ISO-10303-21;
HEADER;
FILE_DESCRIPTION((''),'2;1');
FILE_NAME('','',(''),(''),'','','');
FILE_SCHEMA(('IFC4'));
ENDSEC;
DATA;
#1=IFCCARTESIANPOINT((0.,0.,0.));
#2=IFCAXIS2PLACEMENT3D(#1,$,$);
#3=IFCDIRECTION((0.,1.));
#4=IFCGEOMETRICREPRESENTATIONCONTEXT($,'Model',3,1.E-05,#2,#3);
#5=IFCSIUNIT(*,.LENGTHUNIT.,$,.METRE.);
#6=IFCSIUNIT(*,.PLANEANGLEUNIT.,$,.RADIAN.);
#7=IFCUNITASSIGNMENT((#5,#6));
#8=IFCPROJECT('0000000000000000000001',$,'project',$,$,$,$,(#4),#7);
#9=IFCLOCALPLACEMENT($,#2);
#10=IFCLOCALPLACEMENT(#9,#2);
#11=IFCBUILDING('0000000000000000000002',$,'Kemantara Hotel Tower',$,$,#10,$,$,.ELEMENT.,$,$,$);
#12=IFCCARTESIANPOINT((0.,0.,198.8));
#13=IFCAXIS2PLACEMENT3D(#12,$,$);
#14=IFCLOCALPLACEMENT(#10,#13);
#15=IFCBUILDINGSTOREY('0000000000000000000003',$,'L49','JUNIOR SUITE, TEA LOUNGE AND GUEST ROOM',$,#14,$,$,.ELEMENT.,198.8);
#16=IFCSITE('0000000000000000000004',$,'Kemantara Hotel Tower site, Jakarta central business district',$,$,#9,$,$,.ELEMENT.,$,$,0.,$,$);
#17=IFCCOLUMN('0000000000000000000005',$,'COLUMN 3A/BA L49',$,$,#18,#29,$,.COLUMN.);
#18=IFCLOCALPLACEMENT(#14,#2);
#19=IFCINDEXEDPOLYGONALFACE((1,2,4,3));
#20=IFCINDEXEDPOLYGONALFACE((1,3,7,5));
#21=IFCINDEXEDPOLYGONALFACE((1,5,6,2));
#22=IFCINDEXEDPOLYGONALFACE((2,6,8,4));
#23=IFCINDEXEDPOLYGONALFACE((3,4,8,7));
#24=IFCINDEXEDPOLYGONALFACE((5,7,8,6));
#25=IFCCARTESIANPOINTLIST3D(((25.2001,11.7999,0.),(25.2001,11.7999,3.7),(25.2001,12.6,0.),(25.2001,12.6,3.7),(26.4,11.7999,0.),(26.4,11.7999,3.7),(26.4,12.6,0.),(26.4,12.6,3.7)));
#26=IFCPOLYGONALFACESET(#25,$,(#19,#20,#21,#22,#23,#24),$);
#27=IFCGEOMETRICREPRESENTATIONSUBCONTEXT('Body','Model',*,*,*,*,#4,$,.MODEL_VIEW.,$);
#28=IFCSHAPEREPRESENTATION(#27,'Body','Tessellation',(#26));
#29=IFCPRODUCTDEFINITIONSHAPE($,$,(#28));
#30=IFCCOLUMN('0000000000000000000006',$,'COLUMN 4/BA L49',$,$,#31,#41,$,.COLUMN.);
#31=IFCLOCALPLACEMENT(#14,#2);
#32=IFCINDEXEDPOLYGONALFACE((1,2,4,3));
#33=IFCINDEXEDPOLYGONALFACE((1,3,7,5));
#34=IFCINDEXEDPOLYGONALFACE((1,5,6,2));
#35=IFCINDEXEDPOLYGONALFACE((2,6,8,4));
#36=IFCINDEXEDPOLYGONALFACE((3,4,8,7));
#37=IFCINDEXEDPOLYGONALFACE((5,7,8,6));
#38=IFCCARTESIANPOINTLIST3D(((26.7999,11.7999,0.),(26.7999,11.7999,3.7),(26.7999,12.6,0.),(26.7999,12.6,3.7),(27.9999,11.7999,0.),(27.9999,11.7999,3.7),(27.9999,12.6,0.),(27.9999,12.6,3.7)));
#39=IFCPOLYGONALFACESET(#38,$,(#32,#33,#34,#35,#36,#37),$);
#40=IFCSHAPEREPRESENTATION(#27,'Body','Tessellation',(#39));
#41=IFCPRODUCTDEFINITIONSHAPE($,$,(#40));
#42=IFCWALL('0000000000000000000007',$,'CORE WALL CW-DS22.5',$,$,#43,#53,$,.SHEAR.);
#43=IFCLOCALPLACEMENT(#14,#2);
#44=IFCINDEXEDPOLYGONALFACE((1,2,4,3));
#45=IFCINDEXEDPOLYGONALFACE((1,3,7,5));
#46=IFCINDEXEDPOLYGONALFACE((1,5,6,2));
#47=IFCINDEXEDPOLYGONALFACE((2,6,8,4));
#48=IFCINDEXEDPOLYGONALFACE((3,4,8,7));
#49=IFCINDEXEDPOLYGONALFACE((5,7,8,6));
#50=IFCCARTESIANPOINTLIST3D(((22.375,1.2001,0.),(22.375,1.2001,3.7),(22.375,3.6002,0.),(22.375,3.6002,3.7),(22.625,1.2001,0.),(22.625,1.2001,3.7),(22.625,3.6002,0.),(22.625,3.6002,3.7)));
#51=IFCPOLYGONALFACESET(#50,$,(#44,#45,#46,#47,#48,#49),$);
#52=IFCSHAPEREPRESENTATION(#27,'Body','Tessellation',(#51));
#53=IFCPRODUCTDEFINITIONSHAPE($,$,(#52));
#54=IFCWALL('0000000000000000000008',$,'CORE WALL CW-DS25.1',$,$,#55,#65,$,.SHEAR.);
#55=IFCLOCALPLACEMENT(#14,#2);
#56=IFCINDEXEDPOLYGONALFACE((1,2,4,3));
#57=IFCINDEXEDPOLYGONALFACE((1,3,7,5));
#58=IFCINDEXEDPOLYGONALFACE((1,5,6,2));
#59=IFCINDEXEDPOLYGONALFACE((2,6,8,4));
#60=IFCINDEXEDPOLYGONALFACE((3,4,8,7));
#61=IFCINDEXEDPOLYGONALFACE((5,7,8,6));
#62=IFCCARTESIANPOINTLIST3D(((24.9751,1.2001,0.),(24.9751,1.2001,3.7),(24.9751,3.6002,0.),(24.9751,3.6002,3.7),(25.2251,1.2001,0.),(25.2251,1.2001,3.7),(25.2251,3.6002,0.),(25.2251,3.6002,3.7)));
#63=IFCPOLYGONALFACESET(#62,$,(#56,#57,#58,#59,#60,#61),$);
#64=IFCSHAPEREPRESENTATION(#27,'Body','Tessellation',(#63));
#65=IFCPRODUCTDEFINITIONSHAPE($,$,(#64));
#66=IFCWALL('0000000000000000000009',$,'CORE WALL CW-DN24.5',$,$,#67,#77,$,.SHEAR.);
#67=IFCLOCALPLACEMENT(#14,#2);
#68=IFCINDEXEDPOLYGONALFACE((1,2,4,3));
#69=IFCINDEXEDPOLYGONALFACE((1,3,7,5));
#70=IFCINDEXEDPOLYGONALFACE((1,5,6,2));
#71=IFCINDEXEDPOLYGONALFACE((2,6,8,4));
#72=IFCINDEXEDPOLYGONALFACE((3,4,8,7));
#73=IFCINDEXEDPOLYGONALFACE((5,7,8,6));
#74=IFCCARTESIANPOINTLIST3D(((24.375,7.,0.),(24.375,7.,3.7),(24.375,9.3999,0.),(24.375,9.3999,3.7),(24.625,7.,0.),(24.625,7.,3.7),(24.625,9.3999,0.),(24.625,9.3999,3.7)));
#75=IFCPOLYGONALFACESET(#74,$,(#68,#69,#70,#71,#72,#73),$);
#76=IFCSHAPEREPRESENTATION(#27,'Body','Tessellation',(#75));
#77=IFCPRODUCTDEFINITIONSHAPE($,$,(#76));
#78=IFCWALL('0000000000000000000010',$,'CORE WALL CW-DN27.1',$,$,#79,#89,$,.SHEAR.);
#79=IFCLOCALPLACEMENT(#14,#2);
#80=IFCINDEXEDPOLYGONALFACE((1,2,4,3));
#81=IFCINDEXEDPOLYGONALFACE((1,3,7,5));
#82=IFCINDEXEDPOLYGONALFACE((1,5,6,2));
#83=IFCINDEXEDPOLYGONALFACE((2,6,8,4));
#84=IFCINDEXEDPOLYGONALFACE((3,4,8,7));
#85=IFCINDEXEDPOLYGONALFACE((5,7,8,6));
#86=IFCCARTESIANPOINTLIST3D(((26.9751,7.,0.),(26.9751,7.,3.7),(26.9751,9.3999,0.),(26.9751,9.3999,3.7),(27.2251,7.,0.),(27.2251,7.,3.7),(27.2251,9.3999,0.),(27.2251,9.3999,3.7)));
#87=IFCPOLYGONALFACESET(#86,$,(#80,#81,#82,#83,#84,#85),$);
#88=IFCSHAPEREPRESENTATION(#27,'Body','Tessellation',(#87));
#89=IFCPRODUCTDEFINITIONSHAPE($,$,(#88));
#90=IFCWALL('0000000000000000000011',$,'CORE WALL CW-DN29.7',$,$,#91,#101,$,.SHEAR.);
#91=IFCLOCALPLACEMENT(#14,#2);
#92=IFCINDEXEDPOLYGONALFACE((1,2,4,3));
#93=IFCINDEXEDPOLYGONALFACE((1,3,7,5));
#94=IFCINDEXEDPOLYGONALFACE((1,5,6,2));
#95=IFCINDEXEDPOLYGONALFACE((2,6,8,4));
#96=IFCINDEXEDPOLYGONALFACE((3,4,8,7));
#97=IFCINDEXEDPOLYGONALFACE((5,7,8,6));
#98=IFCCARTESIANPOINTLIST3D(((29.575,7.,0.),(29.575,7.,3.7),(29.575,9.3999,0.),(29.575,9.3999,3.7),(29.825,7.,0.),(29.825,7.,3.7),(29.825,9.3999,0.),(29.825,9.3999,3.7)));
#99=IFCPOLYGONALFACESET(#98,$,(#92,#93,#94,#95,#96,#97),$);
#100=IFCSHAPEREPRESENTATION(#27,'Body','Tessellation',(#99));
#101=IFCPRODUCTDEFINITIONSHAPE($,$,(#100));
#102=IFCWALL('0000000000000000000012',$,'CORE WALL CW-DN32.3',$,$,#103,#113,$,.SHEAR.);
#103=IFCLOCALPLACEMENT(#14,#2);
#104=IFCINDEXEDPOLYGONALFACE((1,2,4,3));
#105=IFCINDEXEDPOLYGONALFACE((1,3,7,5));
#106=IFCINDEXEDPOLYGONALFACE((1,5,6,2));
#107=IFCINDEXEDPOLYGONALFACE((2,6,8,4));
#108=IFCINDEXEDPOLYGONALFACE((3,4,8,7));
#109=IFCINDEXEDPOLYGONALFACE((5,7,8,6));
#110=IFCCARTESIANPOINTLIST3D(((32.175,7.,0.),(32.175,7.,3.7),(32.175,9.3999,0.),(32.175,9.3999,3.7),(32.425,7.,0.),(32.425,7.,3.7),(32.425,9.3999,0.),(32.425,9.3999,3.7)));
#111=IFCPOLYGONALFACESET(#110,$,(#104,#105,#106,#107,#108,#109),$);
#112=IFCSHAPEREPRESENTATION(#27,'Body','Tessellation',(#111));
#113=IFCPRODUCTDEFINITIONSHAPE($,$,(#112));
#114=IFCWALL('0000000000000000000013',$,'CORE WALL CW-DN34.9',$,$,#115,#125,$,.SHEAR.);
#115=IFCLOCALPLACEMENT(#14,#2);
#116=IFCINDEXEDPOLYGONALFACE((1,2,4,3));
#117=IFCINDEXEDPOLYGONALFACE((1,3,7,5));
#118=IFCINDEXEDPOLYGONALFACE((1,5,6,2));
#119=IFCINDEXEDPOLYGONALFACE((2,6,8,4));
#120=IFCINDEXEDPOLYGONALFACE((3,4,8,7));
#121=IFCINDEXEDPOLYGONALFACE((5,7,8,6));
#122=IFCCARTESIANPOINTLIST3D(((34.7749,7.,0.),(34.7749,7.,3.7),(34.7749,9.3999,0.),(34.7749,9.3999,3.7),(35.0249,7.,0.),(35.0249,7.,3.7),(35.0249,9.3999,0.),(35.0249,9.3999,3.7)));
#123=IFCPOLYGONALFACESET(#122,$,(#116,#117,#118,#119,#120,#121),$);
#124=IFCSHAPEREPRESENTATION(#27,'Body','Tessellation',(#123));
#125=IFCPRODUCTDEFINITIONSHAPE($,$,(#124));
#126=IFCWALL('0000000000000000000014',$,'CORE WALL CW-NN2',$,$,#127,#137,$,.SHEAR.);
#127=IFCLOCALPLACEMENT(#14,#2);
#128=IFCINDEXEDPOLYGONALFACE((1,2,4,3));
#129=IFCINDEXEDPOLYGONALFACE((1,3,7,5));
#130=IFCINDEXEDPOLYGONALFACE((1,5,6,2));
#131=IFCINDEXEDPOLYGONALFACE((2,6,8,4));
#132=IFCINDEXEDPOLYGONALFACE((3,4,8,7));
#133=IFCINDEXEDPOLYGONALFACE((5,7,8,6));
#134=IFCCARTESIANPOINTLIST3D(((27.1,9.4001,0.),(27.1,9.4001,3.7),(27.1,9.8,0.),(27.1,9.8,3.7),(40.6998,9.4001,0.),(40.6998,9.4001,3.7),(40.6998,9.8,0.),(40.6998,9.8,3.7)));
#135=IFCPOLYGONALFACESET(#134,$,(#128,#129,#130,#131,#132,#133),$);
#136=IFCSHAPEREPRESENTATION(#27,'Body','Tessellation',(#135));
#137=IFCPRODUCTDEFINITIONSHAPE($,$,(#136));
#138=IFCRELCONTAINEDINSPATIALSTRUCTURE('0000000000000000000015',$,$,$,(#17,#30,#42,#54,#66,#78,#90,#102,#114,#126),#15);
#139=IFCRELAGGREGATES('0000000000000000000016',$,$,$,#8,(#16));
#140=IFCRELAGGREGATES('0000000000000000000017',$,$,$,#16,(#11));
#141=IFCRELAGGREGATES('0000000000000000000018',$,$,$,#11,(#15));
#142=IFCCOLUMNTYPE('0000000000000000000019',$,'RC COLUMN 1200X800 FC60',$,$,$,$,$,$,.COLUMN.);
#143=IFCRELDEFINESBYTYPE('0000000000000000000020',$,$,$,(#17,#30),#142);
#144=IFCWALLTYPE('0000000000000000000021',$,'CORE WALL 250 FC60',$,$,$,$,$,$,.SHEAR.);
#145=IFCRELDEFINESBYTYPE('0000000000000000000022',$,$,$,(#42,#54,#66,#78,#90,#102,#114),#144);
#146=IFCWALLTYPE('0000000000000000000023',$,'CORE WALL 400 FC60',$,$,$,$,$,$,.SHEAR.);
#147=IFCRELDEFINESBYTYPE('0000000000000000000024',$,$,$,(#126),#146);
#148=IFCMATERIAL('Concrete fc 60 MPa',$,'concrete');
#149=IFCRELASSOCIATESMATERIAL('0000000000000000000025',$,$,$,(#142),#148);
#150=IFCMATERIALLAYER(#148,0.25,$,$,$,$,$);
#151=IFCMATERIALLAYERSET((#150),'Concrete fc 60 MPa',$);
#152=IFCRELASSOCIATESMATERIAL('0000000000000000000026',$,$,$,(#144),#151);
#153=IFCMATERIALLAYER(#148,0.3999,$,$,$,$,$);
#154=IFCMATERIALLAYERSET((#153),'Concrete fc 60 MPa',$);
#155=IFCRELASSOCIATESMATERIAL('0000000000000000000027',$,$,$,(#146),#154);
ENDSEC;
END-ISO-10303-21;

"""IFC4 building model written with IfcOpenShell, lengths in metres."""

from ifc_helpers import new_model, si_unit, direction, frame, frame_2d, origin, origin_2d, place, context, subcontext, project, spatial, rectangle, extrude, material, layer, layer_set, material_profile, profile_set, type_object, element, save


model = new_model("IFC4")

# Units and contexts
model_context = context("Model", 3, precision=1e-05, world=origin(), true_north=direction((0.0, 1.0)))
body_context = subcontext(model_context, "Body", "Model", "MODEL_VIEW")
ifc_project = project(units=[si_unit("LENGTHUNIT", "METRE"), si_unit("PLANEANGLEUNIT", "RADIAN")], contexts=[model_context])

# Site, building, storey
site_placement = place(None, origin())
site = spatial("IfcSite", under=ifc_project, at=site_placement, Name="Kemantara Hotel Tower site, Jakarta central business district", CompositionType="ELEMENT", RefElevation=0.0)
building_placement = place(site_placement, origin())
building = spatial("IfcBuilding", under=site, at=building_placement, Name="Kemantara Hotel Tower", CompositionType="ELEMENT")
storey_placement = place(building_placement, frame((0.0, 0.0, 198.8)))
storey = spatial("IfcBuildingStorey", under=building, at=storey_placement, Name="L49", Description="JUNIOR SUITE, TEA LOUNGE AND GUEST ROOM", CompositionType="ELEMENT", Elevation=198.8)

# Columns
ifc_material_1 = material(Name="Concrete fc 60 MPa", Category="concrete")
ifc_material_profile = material_profile(ifc_material_1, rectangle(XDim=1.2, YDim=0.8, at=origin_2d()), Name="RC 1200X800")
ifc_profile_set = profile_set([ifc_material_profile], Name="Concrete fc 60 MPa")
column_type = type_object("IfcColumnType", Name="RC COLUMN 1200X800 FC60", PredefinedType="COLUMN", material=ifc_profile_set)
for number, where, z_axis, x_axis, name in (
    (1, (25.8, 12.2, 0.0), (0.0, 0.0, 1.0), (1.0, 0.0, 0.0), "COLUMN 3A/BA L49"),
    (2, (27.3999, 12.2, 0.0), (0.0, 0.0, 1.0), (1.0, 0.0, 0.0), "COLUMN 4/BA L49"),
):
    element("IfcColumn", number, at=place(storey_placement, frame(where, z_axis=z_axis, x_axis=x_axis)), inside=storey, type_object=column_type, Name=name, PredefinedType="COLUMN", context=body_context, shape_type="SweptSolid", body=[
        extrude(rectangle(XDim=1.2, YDim=0.8, at=origin_2d()), origin(), (0.0, 0.0, 1.0), 3.7),
    ])

# Walls
ifc_layer_1 = layer(ifc_material_1, 0.25)
ifc_layer_set_1 = layer_set([ifc_layer_1], Name="Concrete fc 60 MPa")
wall_type_1 = type_object("IfcWallType", Name="CORE WALL 250 FC60", PredefinedType="SHEAR", material=ifc_layer_set_1)
for number, where, z_axis, x_axis, name in (
    (3, (22.5, 1.2, 0.0), (0.0, 0.0, 1.0), (0.0, 1.0, 0.0), "CORE WALL CW-DS22.5"),
    (4, (25.1001, 1.2, 0.0), (0.0, 0.0, 1.0), (0.0, 1.0, 0.0), "CORE WALL CW-DS25.1"),
):
    element("IfcWall", number, at=place(storey_placement, frame(where, z_axis=z_axis, x_axis=x_axis)), inside=storey, type_object=wall_type_1, Name=name, PredefinedType="SHEAR", context=body_context, shape_type="SweptSolid", body=[
        extrude(rectangle(XDim=2.4001, YDim=0.25, at=frame_2d((1.2002, 0.0))), origin(), (0.0, 0.0, 1.0), 3.7),
    ])
for number, where, z_axis, x_axis, name in (
    (5, (24.5, 7.0, 0.0), (0.0, 0.0, 1.0), (0.0, 1.0, 0.0), "CORE WALL CW-DN24.5"),
    (6, (27.1001, 7.0, 0.0), (0.0, 0.0, 1.0), (0.0, 1.0, 0.0), "CORE WALL CW-DN27.1"),
    (7, (29.7, 7.0, 0.0), (0.0, 0.0, 1.0), (0.0, 1.0, 0.0), "CORE WALL CW-DN29.7"),
    (8, (32.3, 7.0, 0.0), (0.0, 0.0, 1.0), (0.0, 1.0, 0.0), "CORE WALL CW-DN32.3"),
    (9, (34.8999, 7.0, 0.0), (0.0, 0.0, 1.0), (0.0, 1.0, 0.0), "CORE WALL CW-DN34.9"),
):
    element("IfcWall", number, at=place(storey_placement, frame(where, z_axis=z_axis, x_axis=x_axis)), inside=storey, type_object=wall_type_1, Name=name, PredefinedType="SHEAR", context=body_context, shape_type="SweptSolid", body=[
        extrude(rectangle(XDim=2.3999, YDim=0.25, at=frame_2d((1.2, 0.0))), origin(), (0.0, 0.0, 1.0), 3.7),
    ])
ifc_layer_2 = layer(ifc_material_1, 0.3999)
ifc_layer_set_2 = layer_set([ifc_layer_2], Name="Concrete fc 60 MPa")
wall_type_2 = type_object("IfcWallType", Name="CORE WALL 400 FC60", PredefinedType="SHEAR", material=ifc_layer_set_2)
wall_1_placement = place(storey_placement, frame((27.1001, 9.6001, 0.0), z_axis=(0.0, 0.0, 1.0), x_axis=(1.0, 0.0, 0.0)))
element("IfcWall", 10, at=wall_1_placement, inside=storey, type_object=wall_type_2, Name="CORE WALL CW-NN2", PredefinedType="SHEAR", context=body_context, shape_type="SweptSolid", body=[
    extrude(rectangle(XDim=13.5999, YDim=0.3999, at=frame_2d((6.7998, 0.0))), origin(), (0.0, 0.0, 1.0), 3.7),
])

save(model, "model.ifc")
